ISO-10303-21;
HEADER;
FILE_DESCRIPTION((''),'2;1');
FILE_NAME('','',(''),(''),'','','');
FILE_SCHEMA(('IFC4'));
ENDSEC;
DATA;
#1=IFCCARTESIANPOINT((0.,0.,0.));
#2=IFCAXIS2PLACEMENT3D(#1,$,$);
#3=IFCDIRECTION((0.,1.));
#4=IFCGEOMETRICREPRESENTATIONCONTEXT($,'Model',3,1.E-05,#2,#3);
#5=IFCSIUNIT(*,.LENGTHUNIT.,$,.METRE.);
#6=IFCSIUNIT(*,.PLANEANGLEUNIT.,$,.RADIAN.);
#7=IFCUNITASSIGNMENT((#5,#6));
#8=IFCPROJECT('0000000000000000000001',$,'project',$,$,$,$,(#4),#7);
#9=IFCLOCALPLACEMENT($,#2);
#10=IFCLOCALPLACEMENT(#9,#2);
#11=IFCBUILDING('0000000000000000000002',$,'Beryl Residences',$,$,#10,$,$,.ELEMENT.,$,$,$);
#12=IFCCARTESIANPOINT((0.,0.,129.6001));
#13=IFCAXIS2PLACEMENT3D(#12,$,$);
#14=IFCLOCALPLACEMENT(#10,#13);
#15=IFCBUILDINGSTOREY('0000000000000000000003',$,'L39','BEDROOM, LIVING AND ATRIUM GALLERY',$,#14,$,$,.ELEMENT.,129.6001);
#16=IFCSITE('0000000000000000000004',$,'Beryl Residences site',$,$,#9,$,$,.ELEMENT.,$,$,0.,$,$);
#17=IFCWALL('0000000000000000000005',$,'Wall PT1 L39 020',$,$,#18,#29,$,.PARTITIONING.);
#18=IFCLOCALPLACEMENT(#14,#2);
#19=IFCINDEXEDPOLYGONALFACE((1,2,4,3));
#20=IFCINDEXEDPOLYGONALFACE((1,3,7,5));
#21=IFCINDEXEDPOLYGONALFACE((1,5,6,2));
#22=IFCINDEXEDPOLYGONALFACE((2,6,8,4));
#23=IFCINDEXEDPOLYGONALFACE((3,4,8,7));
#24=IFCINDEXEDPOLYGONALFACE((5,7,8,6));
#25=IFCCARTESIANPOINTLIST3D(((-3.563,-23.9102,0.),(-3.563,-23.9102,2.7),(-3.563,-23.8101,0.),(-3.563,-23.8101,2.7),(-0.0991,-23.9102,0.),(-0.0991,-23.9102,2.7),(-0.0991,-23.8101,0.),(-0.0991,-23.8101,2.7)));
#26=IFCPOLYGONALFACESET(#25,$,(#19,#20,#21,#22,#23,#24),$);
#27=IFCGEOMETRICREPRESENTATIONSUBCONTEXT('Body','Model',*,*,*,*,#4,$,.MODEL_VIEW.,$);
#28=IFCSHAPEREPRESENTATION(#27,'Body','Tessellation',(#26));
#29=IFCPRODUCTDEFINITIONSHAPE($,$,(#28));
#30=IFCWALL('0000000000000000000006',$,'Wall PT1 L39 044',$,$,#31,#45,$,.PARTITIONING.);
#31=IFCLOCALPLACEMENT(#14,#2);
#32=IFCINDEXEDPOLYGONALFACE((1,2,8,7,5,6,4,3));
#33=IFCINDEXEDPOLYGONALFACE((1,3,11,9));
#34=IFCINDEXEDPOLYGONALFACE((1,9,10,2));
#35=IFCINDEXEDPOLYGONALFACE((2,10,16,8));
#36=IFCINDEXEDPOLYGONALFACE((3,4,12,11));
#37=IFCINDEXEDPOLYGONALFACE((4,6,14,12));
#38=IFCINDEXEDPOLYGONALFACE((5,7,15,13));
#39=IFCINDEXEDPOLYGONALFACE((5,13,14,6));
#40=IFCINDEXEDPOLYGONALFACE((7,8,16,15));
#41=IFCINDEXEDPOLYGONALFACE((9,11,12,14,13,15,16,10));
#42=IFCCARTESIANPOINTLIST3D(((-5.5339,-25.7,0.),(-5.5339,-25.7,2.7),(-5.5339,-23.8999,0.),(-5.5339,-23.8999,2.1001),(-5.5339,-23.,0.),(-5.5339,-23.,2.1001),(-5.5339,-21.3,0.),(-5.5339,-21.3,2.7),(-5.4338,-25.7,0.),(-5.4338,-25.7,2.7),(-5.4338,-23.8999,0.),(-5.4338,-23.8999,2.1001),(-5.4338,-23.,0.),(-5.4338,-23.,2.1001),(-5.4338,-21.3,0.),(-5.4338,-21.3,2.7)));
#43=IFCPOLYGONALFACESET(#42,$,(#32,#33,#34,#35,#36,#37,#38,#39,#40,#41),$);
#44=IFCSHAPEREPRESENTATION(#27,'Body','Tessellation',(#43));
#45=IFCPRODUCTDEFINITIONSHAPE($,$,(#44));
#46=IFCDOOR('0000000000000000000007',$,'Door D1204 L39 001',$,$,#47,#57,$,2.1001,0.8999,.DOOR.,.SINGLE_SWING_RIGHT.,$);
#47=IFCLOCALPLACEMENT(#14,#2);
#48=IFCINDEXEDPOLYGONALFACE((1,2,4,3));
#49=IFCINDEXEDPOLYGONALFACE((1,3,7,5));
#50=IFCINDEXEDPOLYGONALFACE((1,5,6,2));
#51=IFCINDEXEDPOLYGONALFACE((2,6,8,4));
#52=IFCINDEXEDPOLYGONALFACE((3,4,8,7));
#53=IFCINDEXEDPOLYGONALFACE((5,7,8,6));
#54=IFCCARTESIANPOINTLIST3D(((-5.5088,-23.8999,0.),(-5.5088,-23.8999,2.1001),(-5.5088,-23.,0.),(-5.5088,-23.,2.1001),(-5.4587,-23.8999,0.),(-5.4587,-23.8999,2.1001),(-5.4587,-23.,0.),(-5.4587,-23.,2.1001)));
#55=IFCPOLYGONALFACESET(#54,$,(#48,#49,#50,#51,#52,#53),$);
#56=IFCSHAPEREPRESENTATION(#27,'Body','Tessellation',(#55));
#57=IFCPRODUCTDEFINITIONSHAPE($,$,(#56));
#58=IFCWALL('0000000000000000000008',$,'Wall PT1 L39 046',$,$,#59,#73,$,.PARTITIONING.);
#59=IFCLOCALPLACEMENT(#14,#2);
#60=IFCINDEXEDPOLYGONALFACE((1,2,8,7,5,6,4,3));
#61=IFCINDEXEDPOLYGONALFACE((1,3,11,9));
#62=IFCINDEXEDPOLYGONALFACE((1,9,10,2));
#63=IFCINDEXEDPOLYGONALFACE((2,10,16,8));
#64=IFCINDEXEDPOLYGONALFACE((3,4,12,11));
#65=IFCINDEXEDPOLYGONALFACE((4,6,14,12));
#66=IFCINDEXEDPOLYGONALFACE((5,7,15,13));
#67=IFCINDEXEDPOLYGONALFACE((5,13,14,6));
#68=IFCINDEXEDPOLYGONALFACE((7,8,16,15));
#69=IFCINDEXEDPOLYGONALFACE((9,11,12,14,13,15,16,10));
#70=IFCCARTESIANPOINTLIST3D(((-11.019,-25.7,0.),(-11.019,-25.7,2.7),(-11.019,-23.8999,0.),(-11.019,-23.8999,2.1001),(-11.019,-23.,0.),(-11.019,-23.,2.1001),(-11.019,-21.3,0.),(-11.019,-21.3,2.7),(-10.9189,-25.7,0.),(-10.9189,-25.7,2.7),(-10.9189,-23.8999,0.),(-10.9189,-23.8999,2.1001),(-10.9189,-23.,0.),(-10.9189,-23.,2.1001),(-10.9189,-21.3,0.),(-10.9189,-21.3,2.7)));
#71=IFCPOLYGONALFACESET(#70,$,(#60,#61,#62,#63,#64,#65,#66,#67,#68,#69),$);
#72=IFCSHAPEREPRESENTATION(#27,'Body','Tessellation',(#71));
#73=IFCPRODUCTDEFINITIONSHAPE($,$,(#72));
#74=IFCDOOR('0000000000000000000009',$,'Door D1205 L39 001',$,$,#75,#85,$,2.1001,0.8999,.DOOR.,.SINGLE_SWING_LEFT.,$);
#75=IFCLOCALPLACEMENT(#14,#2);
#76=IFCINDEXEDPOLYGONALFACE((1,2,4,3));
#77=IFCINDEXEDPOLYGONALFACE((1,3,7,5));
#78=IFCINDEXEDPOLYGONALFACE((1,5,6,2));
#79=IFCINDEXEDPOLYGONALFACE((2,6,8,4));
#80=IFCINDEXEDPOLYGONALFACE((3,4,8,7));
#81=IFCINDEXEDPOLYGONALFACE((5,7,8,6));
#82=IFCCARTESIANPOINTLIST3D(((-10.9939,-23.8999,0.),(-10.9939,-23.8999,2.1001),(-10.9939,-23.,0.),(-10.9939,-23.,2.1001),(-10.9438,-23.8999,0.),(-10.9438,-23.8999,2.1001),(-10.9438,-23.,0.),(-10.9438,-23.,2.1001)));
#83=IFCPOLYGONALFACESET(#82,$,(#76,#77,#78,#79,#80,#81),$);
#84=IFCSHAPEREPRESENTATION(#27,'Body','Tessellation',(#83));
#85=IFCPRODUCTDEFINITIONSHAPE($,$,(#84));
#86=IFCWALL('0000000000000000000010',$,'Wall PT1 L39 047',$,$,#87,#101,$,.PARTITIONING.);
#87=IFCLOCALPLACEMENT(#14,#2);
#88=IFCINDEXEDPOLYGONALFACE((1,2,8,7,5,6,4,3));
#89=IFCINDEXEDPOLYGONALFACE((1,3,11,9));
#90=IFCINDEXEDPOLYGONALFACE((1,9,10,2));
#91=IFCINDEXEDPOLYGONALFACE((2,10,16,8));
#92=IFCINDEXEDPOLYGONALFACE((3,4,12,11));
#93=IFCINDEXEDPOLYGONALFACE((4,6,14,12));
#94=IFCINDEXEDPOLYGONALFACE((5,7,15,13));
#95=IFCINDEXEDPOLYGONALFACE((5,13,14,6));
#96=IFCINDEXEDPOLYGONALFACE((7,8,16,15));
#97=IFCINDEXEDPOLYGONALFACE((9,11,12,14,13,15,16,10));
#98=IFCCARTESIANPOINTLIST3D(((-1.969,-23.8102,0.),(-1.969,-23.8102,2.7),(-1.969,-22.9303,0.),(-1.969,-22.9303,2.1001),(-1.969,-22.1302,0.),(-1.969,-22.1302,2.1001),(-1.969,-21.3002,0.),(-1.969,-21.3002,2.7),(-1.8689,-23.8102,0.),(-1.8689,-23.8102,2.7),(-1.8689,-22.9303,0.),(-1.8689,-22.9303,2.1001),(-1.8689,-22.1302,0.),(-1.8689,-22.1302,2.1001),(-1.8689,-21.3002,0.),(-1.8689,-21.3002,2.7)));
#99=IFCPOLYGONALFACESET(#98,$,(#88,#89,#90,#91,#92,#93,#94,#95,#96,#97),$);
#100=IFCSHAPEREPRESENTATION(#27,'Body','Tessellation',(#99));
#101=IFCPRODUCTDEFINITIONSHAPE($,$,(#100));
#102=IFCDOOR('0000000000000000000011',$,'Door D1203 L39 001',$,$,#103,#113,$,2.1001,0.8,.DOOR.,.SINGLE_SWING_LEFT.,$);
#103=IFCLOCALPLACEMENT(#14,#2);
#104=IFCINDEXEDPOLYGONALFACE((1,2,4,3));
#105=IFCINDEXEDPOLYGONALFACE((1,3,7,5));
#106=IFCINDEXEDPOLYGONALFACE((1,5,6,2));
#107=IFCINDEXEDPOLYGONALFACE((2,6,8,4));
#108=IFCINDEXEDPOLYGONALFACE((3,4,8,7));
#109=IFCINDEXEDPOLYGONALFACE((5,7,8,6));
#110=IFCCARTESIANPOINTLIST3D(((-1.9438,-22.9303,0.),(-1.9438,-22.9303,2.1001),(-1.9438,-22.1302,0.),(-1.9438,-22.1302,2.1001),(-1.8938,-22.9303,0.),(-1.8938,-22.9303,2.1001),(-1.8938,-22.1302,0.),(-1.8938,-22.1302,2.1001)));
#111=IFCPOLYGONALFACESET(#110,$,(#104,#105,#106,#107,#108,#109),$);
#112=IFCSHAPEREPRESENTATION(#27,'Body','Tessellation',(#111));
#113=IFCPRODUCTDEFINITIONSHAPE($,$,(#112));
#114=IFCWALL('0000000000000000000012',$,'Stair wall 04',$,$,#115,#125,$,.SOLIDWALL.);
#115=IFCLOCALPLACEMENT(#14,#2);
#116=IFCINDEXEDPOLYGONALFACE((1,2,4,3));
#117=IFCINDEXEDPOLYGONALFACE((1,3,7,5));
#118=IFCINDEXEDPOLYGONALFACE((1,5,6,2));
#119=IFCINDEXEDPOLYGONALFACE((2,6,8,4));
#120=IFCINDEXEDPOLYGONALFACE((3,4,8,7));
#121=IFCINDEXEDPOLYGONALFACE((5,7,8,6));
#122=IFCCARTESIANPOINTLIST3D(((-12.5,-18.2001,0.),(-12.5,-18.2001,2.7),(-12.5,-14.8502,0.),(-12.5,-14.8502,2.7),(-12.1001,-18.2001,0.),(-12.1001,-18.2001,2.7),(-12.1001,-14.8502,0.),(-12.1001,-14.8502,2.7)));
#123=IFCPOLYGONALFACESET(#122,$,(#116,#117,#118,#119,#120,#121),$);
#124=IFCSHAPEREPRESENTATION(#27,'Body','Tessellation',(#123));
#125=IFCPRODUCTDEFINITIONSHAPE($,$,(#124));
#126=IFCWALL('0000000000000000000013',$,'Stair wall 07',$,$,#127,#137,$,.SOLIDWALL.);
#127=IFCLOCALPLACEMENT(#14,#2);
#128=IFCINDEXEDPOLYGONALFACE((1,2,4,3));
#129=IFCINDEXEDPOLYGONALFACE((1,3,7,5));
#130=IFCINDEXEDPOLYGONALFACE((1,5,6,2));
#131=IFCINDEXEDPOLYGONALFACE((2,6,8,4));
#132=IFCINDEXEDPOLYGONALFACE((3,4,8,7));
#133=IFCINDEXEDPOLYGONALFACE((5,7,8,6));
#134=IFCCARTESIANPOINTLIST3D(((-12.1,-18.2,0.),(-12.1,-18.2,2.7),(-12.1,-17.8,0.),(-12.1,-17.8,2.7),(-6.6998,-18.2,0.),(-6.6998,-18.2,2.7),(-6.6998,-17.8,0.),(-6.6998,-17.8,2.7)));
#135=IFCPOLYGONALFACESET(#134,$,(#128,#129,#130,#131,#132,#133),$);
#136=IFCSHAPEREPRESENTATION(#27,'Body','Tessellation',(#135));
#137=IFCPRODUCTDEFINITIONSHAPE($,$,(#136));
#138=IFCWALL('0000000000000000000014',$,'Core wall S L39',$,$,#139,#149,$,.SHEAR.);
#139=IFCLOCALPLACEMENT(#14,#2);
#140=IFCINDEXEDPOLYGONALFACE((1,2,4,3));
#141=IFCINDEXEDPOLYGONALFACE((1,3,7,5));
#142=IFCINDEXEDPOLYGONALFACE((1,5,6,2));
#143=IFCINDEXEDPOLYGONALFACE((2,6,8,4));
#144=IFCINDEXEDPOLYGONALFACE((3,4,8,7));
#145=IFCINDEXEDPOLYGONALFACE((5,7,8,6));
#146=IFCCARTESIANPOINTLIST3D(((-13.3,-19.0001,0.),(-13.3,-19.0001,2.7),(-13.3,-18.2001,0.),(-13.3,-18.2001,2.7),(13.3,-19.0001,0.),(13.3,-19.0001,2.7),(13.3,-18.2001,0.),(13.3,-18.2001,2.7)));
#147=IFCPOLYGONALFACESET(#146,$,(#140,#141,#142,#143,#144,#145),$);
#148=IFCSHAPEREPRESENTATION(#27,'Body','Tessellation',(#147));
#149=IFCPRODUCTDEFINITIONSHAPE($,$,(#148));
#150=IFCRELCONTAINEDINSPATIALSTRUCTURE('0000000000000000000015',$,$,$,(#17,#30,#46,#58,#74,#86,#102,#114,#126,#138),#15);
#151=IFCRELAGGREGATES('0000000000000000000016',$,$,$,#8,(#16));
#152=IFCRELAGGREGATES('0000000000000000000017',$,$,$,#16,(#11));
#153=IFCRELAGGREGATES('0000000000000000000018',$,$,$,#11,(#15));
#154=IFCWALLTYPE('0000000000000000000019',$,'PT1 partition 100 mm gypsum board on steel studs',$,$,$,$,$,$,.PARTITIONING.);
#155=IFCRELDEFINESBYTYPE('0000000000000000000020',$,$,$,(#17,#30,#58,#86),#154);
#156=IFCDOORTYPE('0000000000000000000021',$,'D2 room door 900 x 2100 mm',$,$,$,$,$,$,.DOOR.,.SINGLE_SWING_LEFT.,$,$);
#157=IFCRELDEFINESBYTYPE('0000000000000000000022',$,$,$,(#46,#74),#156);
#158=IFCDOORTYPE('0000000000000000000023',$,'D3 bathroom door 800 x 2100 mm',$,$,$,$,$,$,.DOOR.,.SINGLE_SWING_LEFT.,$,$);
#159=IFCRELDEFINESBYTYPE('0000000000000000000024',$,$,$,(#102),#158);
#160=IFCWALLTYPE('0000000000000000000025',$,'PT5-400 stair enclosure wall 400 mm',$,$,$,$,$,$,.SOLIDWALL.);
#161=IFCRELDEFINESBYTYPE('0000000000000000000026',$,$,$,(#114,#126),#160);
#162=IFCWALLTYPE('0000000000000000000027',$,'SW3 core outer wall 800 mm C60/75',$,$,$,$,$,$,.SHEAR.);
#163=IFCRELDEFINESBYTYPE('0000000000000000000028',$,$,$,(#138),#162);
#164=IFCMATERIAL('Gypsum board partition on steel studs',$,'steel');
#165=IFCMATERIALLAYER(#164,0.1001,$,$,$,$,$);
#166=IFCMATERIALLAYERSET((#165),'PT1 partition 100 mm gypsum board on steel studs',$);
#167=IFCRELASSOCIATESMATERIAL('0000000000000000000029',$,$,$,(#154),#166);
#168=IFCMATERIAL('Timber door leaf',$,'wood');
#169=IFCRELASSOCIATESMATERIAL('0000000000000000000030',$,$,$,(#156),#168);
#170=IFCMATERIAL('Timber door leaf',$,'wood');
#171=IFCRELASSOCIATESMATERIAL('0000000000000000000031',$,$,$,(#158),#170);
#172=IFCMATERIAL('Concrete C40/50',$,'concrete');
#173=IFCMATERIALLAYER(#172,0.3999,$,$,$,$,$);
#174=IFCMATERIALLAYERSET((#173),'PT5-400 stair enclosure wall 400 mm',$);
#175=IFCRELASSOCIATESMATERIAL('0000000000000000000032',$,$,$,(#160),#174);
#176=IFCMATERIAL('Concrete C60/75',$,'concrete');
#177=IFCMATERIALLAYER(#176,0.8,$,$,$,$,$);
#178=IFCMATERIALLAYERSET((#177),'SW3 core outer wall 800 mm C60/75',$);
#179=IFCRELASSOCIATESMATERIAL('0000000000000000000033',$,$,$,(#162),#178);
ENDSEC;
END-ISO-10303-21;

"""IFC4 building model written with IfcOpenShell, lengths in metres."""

from ifc_helpers import new_model, si_unit, direction, frame, frame_2d, origin, place, context, subcontext, project, spatial, rectangle, extrude, material, layer, layer_set, type_object, element, fill, save


model = new_model("IFC4")

# Units and contexts
model_context = context("Model", 3, precision=1e-05, world=origin(), true_north=direction((0.0, 1.0)))
body_context = subcontext(model_context, "Body", "Model", "MODEL_VIEW")
ifc_project = project(units=[si_unit("LENGTHUNIT", "METRE"), si_unit("PLANEANGLEUNIT", "RADIAN")], contexts=[model_context])

# Site, building, storey
site_placement = place(None, origin())
site = spatial("IfcSite", under=ifc_project, at=site_placement, Name="Beryl Residences site", CompositionType="ELEMENT", RefElevation=0.0)
building_placement = place(site_placement, origin())
building = spatial("IfcBuilding", under=site, at=building_placement, Name="Beryl Residences", CompositionType="ELEMENT")
storey_placement = place(building_placement, frame((0.0, 0.0, 129.6001)))
storey = spatial("IfcBuildingStorey", under=building, at=storey_placement, Name="L39", Description="BEDROOM, LIVING AND ATRIUM GALLERY", CompositionType="ELEMENT", Elevation=129.6001)

# Shared definitions
ifc_material_1 = material(Name="Gypsum board partition on steel studs", Category="steel")
ifc_layer_1 = layer(ifc_material_1, 0.1001)
ifc_layer_set_1 = layer_set([ifc_layer_1], Name="PT1 partition 100 mm gypsum board on steel studs")
wall_type_1 = type_object("IfcWallType", Name="PT1 partition 100 mm gypsum board on steel studs", PredefinedType="PARTITIONING", material=ifc_layer_set_1)
ifc_material_2 = material(Name="Timber door leaf", Category="wood")
door_type_1 = type_object("IfcDoorType", Name="D2 room door 900 x 2100 mm", OperationType="SINGLE_SWING_LEFT", PredefinedType="DOOR", material=ifc_material_2)

# Wall
wall_1_placement = place(storey_placement, frame((-3.563, -23.8601, 0.0), z_axis=(0.0, 0.0, 1.0), x_axis=(1.0, 0.0, 0.0)))
element("IfcWall", 1, at=wall_1_placement, inside=storey, type_object=wall_type_1, Name="Wall PT1 L39 020", PredefinedType="PARTITIONING", context=body_context, shape_type="SweptSolid", body=[
    extrude(rectangle(XDim=3.4639, YDim=0.1001, at=frame_2d((1.7319, 0.0))), origin(), (0.0, 0.0, 1.0), 2.7),
])

# Walls, openings, doors
wall_2_placement = place(storey_placement, frame((-5.4839, -25.7, 0.0), z_axis=(0.0, 0.0, 1.0), x_axis=(0.0, 1.0, 0.0)))
wall_2 = element("IfcWall", 2, at=wall_2_placement, inside=storey, type_object=wall_type_1, Name="Wall PT1 L39 044", PredefinedType="PARTITIONING", context=body_context, shape_type="SweptSolid", body=[
    extrude(rectangle(XDim=4.3999, YDim=0.1001, at=frame_2d((2.2, 0.0))), origin(), (0.0, 0.0, 1.0), 2.7),
])
opening_1_placement = place(wall_2_placement, frame((1.8, 0.0, 0.0)))
opening_1 = element("IfcOpeningElement", 3, at=opening_1_placement, cuts=wall_2, PredefinedType="OPENING", context=body_context, shape_type="SweptSolid", body=[
    extrude(rectangle(XDim=0.8999, YDim=2.1001, at=frame_2d((0.45, 1.05))), frame((0.0, 0.0601, 0.0), z_axis=(0.0, -1.0, 0.0), x_axis=(1.0, 0.0, 0.0)), (0.0, 0.0, 1.0), 0.1201),
])
door_1_placement = place(opening_1_placement, origin())
door_1 = element("IfcDoor", 4, at=door_1_placement, inside=storey, type_object=door_type_1, Name="Door D1204 L39 001", OperationType="SINGLE_SWING_RIGHT", OverallHeight=2.1001, OverallWidth=0.8999, PredefinedType="DOOR", context=body_context, shape_type="SweptSolid", body=[
    extrude(rectangle(XDim=0.8999, YDim=2.1001, at=frame_2d((0.45, 1.05))), frame((0.0, 0.0249, 0.0), z_axis=(0.0, -1.0, 0.0), x_axis=(1.0, 0.0, 0.0)), (0.0, 0.0, 1.0), 0.05),
])
fill(opening_1, door_1)
wall_3_placement = place(storey_placement, frame((-10.969, -25.7, 0.0), z_axis=(0.0, 0.0, 1.0), x_axis=(0.0, 1.0, 0.0)))
wall_3 = element("IfcWall", 5, at=wall_3_placement, inside=storey, type_object=wall_type_1, Name="Wall PT1 L39 046", PredefinedType="PARTITIONING", context=body_context, shape_type="SweptSolid", body=[
    extrude(rectangle(XDim=4.3999, YDim=0.1001, at=frame_2d((2.2, 0.0))), origin(), (0.0, 0.0, 1.0), 2.7),
])
opening_2_placement = place(wall_3_placement, frame((1.8, 0.0, 0.0)))
opening_2 = element("IfcOpeningElement", 6, at=opening_2_placement, cuts=wall_3, PredefinedType="OPENING", context=body_context, shape_type="SweptSolid", body=[
    extrude(rectangle(XDim=0.8999, YDim=2.1001, at=frame_2d((0.45, 1.05))), frame((0.0, 0.0601, 0.0), z_axis=(0.0, -1.0, 0.0), x_axis=(1.0, 0.0, 0.0)), (0.0, 0.0, 1.0), 0.1201),
])
door_2_placement = place(opening_2_placement, origin())
door_2 = element("IfcDoor", 7, at=door_2_placement, inside=storey, type_object=door_type_1, Name="Door D1205 L39 001", OperationType="SINGLE_SWING_LEFT", OverallHeight=2.1001, OverallWidth=0.8999, PredefinedType="DOOR", context=body_context, shape_type="SweptSolid", body=[
    extrude(rectangle(XDim=0.8999, YDim=2.1001, at=frame_2d((0.45, 1.05))), frame((0.0, 0.0249, 0.0), z_axis=(0.0, -1.0, 0.0), x_axis=(1.0, 0.0, 0.0)), (0.0, 0.0, 1.0), 0.05),
])
fill(opening_2, door_2)
wall_4_placement = place(storey_placement, frame((-1.9189, -23.8101, 0.0), z_axis=(0.0, 0.0, 1.0), x_axis=(0.0, 1.0, 0.0)))
wall_4 = element("IfcWall", 8, at=wall_4_placement, inside=storey, type_object=wall_type_1, Name="Wall PT1 L39 047", PredefinedType="PARTITIONING", context=body_context, shape_type="SweptSolid", body=[
    extrude(rectangle(XDim=2.51, YDim=0.1001, at=frame_2d((1.2549, 0.0))), origin(), (0.0, 0.0, 1.0), 2.7),
])
opening_3_placement = place(wall_4_placement, frame((0.8799, 0.0, 0.0)))
opening_3 = element("IfcOpeningElement", 9, at=opening_3_placement, cuts=wall_4, PredefinedType="OPENING", context=body_context, shape_type="SweptSolid", body=[
    extrude(rectangle(XDim=0.8, YDim=2.1001, at=frame_2d((0.3999, 1.05))), frame((0.0, 0.0601, 0.0), z_axis=(0.0, -1.0, 0.0), x_axis=(1.0, 0.0, 0.0)), (0.0, 0.0, 1.0), 0.1201),
])
ifc_material_3 = material(Name="Timber door leaf", Category="wood")
door_type_2 = type_object("IfcDoorType", Name="D3 bathroom door 800 x 2100 mm", OperationType="SINGLE_SWING_LEFT", PredefinedType="DOOR", material=ifc_material_3)
door_3_placement = place(opening_3_placement, origin())
door_3 = element("IfcDoor", 10, at=door_3_placement, inside=storey, type_object=door_type_2, Name="Door D1203 L39 001", OperationType="SINGLE_SWING_LEFT", OverallHeight=2.1001, OverallWidth=0.8, PredefinedType="DOOR", context=body_context, shape_type="SweptSolid", body=[
    extrude(rectangle(XDim=0.8, YDim=2.1001, at=frame_2d((0.3999, 1.05))), frame((0.0, 0.0249, 0.0), z_axis=(0.0, -1.0, 0.0), x_axis=(1.0, 0.0, 0.0)), (0.0, 0.0, 1.0), 0.05),
])
fill(opening_3, door_3)

# Walls
ifc_material_4 = material(Name="Concrete C40/50", Category="concrete")
ifc_layer_2 = layer(ifc_material_4, 0.3999)
ifc_layer_set_2 = layer_set([ifc_layer_2], Name="PT5-400 stair enclosure wall 400 mm")
wall_type_2 = type_object("IfcWallType", Name="PT5-400 stair enclosure wall 400 mm", PredefinedType="SOLIDWALL", material=ifc_layer_set_2)
wall_5_placement = place(storey_placement, frame((-12.3, -18.2, 0.0), z_axis=(0.0, 0.0, 1.0), x_axis=(0.0, 1.0, 0.0)))
element("IfcWall", 11, at=wall_5_placement, inside=storey, type_object=wall_type_2, Name="Stair wall 04", PredefinedType="SOLIDWALL", context=body_context, shape_type="SweptSolid", body=[
    extrude(rectangle(XDim=3.3499, YDim=0.3999, at=frame_2d((1.6748, 0.0))), origin(), (0.0, 0.0, 1.0), 2.7),
])
wall_6_placement = place(storey_placement, frame((-12.1001, -18.0, 0.0), z_axis=(0.0, 0.0, 1.0), x_axis=(1.0, 0.0, 0.0)))
element("IfcWall", 12, at=wall_6_placement, inside=storey, type_object=wall_type_2, Name="Stair wall 07", PredefinedType="SOLIDWALL", context=body_context, shape_type="SweptSolid", body=[
    extrude(rectangle(XDim=5.4001, YDim=0.3999, at=frame_2d((2.7002, 0.0))), origin(), (0.0, 0.0, 1.0), 2.7),
])
ifc_material_5 = material(Name="Concrete C60/75", Category="concrete")
ifc_layer_3 = layer(ifc_material_5, 0.8)
ifc_layer_set_3 = layer_set([ifc_layer_3], Name="SW3 core outer wall 800 mm C60/75")
wall_type_3 = type_object("IfcWallType", Name="SW3 core outer wall 800 mm C60/75", PredefinedType="SHEAR", material=ifc_layer_set_3)
wall_7_placement = place(storey_placement, frame((-13.3, -18.6001, 0.0), z_axis=(0.0, 0.0, 1.0), x_axis=(1.0, 0.0, 0.0)))
element("IfcWall", 13, at=wall_7_placement, inside=storey, type_object=wall_type_3, Name="Core wall S L39", PredefinedType="SHEAR", context=body_context, shape_type="SweptSolid", body=[
    extrude(rectangle(XDim=26.6001, YDim=0.8, at=frame_2d((13.3, 0.0))), origin(), (0.0, 0.0, 1.0), 2.7),
])

save(model, "model.ifc")
